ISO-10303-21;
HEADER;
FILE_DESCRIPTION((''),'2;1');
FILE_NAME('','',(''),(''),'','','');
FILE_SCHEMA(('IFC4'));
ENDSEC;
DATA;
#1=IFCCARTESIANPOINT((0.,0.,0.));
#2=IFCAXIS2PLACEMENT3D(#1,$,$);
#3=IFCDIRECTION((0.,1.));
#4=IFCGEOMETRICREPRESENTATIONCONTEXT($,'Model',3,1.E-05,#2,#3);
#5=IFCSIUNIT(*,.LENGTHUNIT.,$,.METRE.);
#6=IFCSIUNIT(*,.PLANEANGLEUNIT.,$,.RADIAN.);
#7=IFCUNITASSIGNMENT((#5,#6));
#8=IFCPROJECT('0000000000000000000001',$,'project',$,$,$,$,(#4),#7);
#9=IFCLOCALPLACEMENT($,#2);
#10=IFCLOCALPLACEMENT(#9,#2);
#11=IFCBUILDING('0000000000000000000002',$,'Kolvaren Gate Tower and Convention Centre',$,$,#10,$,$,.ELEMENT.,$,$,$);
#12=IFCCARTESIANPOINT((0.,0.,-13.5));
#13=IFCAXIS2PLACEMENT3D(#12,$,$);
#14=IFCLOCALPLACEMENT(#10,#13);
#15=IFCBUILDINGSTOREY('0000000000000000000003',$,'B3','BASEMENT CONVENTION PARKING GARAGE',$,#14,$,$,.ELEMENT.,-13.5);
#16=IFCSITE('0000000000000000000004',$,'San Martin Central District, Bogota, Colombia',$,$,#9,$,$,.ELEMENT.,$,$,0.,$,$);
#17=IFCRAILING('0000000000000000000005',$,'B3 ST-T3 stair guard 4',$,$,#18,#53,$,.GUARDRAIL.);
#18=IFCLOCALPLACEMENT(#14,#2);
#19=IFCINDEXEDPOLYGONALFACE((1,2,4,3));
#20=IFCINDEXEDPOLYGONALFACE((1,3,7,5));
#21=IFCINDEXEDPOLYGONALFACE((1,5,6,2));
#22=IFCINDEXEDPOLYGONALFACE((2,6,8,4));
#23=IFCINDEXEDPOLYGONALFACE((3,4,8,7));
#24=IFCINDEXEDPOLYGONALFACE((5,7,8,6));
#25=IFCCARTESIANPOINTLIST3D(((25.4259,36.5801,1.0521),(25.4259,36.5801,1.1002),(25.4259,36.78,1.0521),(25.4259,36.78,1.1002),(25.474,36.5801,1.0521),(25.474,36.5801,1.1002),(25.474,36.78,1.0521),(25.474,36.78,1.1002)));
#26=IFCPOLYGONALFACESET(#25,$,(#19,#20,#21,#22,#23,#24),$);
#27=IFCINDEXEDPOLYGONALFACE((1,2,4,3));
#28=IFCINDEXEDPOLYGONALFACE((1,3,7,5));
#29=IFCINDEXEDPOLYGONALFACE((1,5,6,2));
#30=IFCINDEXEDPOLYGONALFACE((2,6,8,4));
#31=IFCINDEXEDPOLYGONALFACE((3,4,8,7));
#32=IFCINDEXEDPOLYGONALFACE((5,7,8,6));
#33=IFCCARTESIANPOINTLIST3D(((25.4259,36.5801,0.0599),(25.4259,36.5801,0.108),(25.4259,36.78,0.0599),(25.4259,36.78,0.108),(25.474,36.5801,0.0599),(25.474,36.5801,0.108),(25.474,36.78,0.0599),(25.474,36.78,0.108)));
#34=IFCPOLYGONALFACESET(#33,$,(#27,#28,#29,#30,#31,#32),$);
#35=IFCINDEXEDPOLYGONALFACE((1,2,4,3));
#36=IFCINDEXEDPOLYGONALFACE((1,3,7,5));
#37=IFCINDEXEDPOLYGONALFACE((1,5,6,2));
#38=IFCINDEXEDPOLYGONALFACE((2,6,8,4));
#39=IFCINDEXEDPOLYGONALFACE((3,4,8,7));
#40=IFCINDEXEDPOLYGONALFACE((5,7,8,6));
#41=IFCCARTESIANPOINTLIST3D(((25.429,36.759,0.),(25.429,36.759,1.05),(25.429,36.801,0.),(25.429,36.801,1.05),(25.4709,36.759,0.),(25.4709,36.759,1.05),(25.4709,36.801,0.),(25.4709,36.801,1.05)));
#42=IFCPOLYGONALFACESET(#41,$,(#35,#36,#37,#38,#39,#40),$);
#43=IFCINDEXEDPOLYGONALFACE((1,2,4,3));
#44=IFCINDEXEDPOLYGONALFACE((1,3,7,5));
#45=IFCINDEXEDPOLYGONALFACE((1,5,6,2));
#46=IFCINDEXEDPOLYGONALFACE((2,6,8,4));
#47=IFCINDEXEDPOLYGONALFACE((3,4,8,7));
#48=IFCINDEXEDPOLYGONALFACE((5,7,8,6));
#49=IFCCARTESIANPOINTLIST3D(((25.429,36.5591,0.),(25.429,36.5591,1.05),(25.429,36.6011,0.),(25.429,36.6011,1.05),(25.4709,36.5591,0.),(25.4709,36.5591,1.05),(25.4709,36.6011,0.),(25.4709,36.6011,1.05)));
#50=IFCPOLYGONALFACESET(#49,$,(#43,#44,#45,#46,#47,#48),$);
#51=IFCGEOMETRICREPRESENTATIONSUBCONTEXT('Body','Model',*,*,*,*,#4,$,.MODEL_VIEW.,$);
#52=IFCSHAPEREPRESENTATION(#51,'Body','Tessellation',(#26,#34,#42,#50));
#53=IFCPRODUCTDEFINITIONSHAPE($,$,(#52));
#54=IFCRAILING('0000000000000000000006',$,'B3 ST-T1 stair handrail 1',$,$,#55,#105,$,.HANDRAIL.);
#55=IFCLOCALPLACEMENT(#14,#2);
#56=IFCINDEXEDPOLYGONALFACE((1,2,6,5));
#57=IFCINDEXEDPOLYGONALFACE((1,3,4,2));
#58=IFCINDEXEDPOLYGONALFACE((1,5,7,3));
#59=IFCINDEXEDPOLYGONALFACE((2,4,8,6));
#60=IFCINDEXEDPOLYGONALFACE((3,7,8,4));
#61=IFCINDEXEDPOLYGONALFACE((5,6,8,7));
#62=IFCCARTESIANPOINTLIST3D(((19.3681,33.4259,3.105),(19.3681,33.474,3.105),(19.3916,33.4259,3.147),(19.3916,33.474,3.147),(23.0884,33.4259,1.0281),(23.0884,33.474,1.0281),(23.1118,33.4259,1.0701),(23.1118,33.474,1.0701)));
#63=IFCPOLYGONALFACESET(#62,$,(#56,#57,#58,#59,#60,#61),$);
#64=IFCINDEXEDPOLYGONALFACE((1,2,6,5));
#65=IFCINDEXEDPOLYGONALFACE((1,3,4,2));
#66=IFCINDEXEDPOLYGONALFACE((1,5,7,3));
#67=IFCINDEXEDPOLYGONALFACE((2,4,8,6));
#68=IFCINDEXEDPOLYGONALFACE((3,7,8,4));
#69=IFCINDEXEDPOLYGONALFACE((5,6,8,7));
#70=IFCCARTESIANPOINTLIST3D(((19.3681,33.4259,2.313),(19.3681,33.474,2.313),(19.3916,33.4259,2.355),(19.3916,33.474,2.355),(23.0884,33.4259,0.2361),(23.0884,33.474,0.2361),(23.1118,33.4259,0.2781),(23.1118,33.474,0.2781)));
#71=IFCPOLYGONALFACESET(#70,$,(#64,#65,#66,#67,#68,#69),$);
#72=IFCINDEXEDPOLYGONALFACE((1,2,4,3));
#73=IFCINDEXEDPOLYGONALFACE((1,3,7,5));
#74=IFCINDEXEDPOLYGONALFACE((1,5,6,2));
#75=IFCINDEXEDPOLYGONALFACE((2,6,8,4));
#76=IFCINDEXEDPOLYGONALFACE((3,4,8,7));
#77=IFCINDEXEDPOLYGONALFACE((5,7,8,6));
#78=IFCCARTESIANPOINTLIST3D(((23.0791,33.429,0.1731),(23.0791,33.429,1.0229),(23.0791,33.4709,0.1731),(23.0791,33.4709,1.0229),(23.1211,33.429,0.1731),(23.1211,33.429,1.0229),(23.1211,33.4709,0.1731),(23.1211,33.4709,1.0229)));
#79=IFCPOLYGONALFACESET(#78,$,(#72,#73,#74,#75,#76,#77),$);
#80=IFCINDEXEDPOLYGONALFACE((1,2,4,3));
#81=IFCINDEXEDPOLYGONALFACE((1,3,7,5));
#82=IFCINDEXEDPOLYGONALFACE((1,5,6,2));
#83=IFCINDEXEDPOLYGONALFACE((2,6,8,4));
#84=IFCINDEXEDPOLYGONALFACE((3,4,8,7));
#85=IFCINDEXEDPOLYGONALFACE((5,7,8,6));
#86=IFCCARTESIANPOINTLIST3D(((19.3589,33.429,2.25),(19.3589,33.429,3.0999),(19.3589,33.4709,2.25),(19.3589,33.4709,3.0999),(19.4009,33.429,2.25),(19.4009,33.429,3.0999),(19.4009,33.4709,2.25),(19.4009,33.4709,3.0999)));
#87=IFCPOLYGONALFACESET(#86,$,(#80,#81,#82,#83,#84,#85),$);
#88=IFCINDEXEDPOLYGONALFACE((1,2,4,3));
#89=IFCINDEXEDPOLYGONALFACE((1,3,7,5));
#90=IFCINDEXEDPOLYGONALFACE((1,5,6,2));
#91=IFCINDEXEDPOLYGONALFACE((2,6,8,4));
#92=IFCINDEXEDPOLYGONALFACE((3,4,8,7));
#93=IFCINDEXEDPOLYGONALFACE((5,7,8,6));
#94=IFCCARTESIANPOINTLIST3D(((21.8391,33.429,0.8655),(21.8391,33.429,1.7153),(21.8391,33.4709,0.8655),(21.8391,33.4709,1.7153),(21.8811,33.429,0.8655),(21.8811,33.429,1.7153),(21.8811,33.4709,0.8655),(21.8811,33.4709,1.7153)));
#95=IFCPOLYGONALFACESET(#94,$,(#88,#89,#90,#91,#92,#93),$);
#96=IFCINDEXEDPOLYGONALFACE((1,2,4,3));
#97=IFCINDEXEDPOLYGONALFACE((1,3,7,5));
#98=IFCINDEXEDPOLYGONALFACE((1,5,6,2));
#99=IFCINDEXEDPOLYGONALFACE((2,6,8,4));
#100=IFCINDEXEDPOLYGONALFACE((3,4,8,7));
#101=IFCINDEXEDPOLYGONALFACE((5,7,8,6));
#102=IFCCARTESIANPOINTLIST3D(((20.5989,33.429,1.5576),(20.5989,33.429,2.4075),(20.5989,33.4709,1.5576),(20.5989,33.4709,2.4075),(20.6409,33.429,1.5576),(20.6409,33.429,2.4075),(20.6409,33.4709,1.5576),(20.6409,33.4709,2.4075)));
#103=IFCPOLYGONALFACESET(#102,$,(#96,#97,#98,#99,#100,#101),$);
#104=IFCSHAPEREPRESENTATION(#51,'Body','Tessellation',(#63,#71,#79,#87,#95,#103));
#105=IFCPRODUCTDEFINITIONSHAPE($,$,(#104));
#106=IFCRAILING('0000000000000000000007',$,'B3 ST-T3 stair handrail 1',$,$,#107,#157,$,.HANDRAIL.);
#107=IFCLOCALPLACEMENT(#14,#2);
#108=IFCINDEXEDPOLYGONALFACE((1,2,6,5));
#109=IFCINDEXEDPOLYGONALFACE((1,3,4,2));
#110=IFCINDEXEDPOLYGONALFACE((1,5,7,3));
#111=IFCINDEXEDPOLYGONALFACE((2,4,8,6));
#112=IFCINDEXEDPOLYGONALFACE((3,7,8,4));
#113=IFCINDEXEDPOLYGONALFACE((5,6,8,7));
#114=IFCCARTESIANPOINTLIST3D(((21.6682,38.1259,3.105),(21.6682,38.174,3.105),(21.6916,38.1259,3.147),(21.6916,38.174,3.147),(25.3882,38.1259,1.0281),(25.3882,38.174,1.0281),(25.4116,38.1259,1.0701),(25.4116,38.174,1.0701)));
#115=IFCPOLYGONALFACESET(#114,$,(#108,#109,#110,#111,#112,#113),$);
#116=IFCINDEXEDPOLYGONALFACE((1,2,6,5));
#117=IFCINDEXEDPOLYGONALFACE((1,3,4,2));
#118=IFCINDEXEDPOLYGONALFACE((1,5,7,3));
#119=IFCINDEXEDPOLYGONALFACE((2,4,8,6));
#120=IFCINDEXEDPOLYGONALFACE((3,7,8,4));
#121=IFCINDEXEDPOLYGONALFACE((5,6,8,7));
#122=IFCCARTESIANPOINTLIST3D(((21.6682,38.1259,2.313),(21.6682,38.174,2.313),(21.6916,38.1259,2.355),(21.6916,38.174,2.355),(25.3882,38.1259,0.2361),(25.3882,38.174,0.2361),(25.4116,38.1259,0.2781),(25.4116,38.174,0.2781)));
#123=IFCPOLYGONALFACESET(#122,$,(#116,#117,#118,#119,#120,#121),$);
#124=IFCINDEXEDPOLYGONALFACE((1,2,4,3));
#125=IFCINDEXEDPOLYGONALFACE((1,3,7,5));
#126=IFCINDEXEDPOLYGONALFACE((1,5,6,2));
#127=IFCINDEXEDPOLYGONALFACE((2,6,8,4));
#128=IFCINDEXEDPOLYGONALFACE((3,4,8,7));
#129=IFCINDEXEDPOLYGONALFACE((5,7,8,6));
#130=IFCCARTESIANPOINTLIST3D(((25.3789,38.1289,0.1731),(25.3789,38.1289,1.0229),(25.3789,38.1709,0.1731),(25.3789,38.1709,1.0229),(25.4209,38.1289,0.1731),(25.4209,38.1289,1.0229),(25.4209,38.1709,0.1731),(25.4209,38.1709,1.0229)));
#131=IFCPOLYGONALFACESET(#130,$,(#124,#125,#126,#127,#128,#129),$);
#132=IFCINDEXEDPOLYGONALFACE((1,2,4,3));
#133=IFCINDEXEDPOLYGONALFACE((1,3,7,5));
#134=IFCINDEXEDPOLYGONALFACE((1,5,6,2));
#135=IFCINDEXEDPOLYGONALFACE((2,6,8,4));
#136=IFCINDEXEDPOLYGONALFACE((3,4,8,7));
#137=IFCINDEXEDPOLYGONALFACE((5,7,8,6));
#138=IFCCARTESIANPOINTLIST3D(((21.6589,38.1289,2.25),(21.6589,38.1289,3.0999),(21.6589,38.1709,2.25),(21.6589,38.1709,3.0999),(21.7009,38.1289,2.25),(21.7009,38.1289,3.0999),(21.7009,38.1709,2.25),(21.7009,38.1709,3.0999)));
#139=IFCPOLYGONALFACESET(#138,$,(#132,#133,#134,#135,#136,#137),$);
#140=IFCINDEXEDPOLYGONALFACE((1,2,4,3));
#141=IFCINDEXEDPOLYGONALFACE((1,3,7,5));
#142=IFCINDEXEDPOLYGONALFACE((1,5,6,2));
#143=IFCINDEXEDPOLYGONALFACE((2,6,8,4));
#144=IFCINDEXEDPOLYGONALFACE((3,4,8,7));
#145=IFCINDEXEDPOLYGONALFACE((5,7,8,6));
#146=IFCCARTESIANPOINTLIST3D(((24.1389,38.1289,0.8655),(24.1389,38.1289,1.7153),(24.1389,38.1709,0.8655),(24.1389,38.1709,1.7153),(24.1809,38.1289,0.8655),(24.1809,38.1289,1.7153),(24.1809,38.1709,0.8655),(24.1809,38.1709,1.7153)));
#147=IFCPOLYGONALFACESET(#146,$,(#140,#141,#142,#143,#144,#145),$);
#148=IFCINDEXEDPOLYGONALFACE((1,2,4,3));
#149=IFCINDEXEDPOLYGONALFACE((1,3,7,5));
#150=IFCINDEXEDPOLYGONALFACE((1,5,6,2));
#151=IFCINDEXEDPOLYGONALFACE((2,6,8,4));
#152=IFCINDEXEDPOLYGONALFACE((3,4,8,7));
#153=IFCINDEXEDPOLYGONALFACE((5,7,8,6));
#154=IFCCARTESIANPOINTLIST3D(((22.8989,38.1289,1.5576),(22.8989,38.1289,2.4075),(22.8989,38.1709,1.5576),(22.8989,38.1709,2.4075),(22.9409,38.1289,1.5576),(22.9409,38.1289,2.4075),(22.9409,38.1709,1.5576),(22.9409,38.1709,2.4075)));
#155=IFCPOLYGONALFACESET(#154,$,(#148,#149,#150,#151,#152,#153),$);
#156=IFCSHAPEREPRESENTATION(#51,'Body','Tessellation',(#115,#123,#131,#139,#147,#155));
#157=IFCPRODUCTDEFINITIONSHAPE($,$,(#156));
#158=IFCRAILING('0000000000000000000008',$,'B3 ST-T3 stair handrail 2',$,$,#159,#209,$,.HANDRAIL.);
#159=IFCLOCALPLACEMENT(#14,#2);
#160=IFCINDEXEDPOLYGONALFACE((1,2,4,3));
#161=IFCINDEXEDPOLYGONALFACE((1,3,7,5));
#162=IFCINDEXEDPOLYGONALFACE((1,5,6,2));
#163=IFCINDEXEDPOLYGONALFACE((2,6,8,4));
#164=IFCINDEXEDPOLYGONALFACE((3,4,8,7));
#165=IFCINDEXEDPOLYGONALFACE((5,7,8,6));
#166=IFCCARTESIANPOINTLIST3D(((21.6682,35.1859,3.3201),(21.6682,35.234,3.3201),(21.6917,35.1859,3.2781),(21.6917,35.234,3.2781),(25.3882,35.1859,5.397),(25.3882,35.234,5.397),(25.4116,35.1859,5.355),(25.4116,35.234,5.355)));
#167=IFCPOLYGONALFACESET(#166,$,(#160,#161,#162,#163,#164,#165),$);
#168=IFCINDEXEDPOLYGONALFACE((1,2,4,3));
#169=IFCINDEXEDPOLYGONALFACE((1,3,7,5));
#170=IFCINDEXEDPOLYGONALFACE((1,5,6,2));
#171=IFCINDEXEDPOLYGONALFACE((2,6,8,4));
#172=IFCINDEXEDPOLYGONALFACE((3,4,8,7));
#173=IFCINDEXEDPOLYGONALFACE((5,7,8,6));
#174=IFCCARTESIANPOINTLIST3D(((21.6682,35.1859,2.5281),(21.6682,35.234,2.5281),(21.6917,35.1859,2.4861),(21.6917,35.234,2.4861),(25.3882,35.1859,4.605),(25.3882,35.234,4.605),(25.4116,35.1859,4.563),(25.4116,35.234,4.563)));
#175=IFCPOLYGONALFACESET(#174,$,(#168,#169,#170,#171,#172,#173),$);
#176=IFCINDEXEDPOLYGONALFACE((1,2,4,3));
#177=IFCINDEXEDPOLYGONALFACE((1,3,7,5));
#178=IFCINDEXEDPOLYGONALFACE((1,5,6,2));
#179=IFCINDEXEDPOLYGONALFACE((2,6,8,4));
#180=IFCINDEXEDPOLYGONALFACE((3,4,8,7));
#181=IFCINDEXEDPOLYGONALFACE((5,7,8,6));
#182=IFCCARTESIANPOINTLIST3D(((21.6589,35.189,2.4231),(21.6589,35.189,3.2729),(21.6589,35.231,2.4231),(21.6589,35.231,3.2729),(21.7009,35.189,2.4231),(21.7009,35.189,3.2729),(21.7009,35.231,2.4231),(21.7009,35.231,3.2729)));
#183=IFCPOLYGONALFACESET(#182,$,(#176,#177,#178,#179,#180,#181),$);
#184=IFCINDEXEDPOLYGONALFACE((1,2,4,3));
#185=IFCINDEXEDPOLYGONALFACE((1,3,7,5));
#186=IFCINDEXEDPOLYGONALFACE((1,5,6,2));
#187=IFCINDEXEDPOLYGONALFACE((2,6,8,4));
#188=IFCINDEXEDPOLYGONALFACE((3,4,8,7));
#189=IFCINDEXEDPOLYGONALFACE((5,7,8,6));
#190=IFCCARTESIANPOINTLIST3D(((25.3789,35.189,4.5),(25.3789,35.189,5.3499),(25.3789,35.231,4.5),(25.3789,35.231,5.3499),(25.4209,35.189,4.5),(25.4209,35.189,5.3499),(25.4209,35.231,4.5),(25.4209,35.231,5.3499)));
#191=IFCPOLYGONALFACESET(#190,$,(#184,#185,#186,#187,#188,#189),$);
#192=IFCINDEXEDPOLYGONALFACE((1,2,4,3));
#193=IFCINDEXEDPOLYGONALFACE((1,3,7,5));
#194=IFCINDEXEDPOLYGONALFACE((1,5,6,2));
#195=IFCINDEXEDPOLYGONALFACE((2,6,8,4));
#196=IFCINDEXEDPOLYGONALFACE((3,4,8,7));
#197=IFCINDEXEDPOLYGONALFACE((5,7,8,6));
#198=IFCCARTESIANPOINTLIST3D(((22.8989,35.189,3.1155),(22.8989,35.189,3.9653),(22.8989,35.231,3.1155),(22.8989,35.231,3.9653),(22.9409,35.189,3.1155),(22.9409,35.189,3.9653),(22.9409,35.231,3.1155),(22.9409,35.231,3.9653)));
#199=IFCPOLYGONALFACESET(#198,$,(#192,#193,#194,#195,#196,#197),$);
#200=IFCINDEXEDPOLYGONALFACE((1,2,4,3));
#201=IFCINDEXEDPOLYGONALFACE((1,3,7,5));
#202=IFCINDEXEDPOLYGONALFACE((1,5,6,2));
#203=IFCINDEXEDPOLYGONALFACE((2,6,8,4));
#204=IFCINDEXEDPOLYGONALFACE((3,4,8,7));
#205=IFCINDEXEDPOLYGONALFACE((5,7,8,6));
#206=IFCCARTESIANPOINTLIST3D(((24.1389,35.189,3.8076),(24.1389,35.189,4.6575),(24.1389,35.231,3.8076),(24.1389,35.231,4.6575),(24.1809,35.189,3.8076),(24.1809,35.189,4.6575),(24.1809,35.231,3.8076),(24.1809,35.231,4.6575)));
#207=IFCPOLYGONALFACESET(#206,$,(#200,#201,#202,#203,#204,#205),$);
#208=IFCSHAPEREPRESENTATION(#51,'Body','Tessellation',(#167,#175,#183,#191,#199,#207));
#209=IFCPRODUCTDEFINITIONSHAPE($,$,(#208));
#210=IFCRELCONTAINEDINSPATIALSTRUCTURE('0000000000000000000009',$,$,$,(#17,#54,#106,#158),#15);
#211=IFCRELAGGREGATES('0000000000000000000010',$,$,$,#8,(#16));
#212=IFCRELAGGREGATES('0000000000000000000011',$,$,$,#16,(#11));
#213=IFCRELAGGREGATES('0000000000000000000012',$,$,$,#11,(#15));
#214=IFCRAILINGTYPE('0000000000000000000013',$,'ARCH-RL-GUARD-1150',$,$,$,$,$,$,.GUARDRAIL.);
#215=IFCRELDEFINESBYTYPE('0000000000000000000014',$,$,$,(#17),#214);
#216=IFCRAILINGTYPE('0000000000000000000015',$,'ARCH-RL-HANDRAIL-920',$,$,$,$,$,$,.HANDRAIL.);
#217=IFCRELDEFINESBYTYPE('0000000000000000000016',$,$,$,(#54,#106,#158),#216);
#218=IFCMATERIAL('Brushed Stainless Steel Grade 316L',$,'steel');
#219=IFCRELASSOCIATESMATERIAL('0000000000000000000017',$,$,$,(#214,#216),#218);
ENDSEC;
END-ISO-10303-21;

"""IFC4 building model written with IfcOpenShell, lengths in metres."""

from ifc_helpers import new_model, si_unit, direction, frame, origin, origin_2d, place, context, subcontext, project, spatial, rectangle, extrude, material, type_object, element, save


model = new_model("IFC4")

# Units and contexts
model_context = context("Model", 3, precision=1e-05, world=origin(), true_north=direction((0.0, 1.0)))
body_context = subcontext(model_context, "Body", "Model", "MODEL_VIEW")
ifc_project = project(units=[si_unit("LENGTHUNIT", "METRE"), si_unit("PLANEANGLEUNIT", "RADIAN")], contexts=[model_context])

# Site, building, storey
site_placement = place(None, origin())
site = spatial("IfcSite", under=ifc_project, at=site_placement, Name="San Martin Central District, Bogota, Colombia", CompositionType="ELEMENT", RefElevation=0.0)
building_placement = place(site_placement, origin())
building = spatial("IfcBuilding", under=site, at=building_placement, Name="Kolvaren Gate Tower and Convention Centre", CompositionType="ELEMENT")
storey_placement = place(building_placement, frame((0.0, 0.0, -13.5)))
storey = spatial("IfcBuildingStorey", under=building, at=storey_placement, Name="B3", Description="BASEMENT CONVENTION PARKING GARAGE", CompositionType="ELEMENT", Elevation=-13.5)

# Railings
ifc_material_1 = material(Name="Brushed Stainless Steel Grade 316L", Category="steel")
railing_type_1 = type_object("IfcRailingType", Name="ARCH-RL-GUARD-1150", PredefinedType="GUARDRAIL", material=ifc_material_1)
railing_1_placement = place(storey_placement, frame((25.45, 36.78, 0.0)))
element("IfcRailing", 1, at=railing_1_placement, inside=storey, type_object=railing_type_1, Name="B3 ST-T3 stair guard 4", PredefinedType="GUARDRAIL", context=body_context, shape_type="SweptSolid", body=[
    extrude(rectangle(XDim=0.0481, YDim=0.0481, at=origin_2d()), frame((0.0, 0.0, 1.0762), z_axis=(0.0, -1.0, 0.0), x_axis=(1.0, 0.0, 0.0)), (0.0, 0.0, 1.0), 0.2),
    extrude(rectangle(XDim=0.0481, YDim=0.0481, at=origin_2d()), frame((0.0, 0.0, 0.084), z_axis=(0.0, -1.0, 0.0), x_axis=(1.0, 0.0, 0.0)), (0.0, 0.0, 1.0), 0.2),
    extrude(rectangle(XDim=0.042, YDim=0.042, at=origin_2d()), origin(), (0.0, 0.0, 1.0), 1.05),
    extrude(rectangle(XDim=0.042, YDim=0.042, at=origin_2d()), frame((0.0, -0.2, 0.0)), (0.0, 0.0, 1.0), 1.05),
])
railing_type_2 = type_object("IfcRailingType", Name="ARCH-RL-HANDRAIL-920", PredefinedType="HANDRAIL", material=ifc_material_1)
railing_2_placement = place(storey_placement, frame((23.1001, 33.45, 0.1731)))
element("IfcRailing", 2, at=railing_2_placement, inside=storey, type_object=railing_type_2, Name="B3 ST-T1 stair handrail 1", PredefinedType="HANDRAIL", context=body_context, shape_type="SweptSolid", body=[
    extrude(rectangle(XDim=0.0481, YDim=0.0481, at=origin_2d()), frame((0.0, 0.0, 0.876), z_axis=(-0.873147, 0.0, 0.487457), x_axis=(0.0, -1.0, 0.0)), (0.0, 0.0, 1.0), 4.2607),
    extrude(rectangle(XDim=0.0481, YDim=0.0481, at=origin_2d()), frame((0.0, 0.0, 0.084), z_axis=(-0.873147, 0.0, 0.487457), x_axis=(0.0, -1.0, 0.0)), (0.0, 0.0, 1.0), 4.2607),
    extrude(rectangle(XDim=0.042, YDim=0.042, at=origin_2d()), origin(), (0.0, 0.0, 1.0), 0.8499),
    extrude(rectangle(XDim=0.042, YDim=0.042, at=origin_2d()), frame((-3.7202, 0.0, 2.0769)), (0.0, 0.0, 1.0), 0.8499),
    extrude(rectangle(XDim=0.042, YDim=0.042, at=origin_2d()), frame((-1.24, 0.0, 0.6924)), (0.0, 0.0, 1.0), 0.8499),
    extrude(rectangle(XDim=0.042, YDim=0.042, at=origin_2d()), frame((-2.4802, 0.0, 1.3845)), (0.0, 0.0, 1.0), 0.8499),
])
railing_3_placement = place(storey_placement, frame((25.3999, 38.1499, 0.1731)))
element("IfcRailing", 3, at=railing_3_placement, inside=storey, type_object=railing_type_2, Name="B3 ST-T3 stair handrail 1", PredefinedType="HANDRAIL", context=body_context, shape_type="SweptSolid", body=[
    extrude(rectangle(XDim=0.0481, YDim=0.0481, at=origin_2d()), frame((0.0, 0.0, 0.876), z_axis=(-0.873134, 0.0, 0.487481), x_axis=(0.0, -1.0, 0.0)), (0.0, 0.0, 1.0), 4.2605),
    extrude(rectangle(XDim=0.0481, YDim=0.0481, at=origin_2d()), frame((0.0, 0.0, 0.084), z_axis=(-0.873134, 0.0, 0.487481), x_axis=(0.0, -1.0, 0.0)), (0.0, 0.0, 1.0), 4.2605),
    extrude(rectangle(XDim=0.042, YDim=0.042, at=origin_2d()), origin(), (0.0, 0.0, 1.0), 0.8499),
    extrude(rectangle(XDim=0.042, YDim=0.042, at=origin_2d()), frame((-3.72, 0.0, 2.0769)), (0.0, 0.0, 1.0), 0.8499),
    extrude(rectangle(XDim=0.042, YDim=0.042, at=origin_2d()), frame((-1.24, 0.0, 0.6924)), (0.0, 0.0, 1.0), 0.8499),
    extrude(rectangle(XDim=0.042, YDim=0.042, at=origin_2d()), frame((-2.48, 0.0, 1.3845)), (0.0, 0.0, 1.0), 0.8499),
])
railing_4_placement = place(storey_placement, frame((21.6799, 35.21, 2.4231)))
element("IfcRailing", 4, at=railing_4_placement, inside=storey, type_object=railing_type_2, Name="B3 ST-T3 stair handrail 2", PredefinedType="HANDRAIL", context=body_context, shape_type="SweptSolid", body=[
    extrude(rectangle(XDim=0.0481, YDim=0.0481, at=origin_2d()), frame((0.0, 0.0, 0.876), z_axis=(0.873134, 0.0, 0.487481), x_axis=(0.0, 1.0, 0.0)), (0.0, 0.0, 1.0), 4.2605),
    extrude(rectangle(XDim=0.0481, YDim=0.0481, at=origin_2d()), frame((0.0, 0.0, 0.084), z_axis=(0.873134, 0.0, 0.487481), x_axis=(0.0, 1.0, 0.0)), (0.0, 0.0, 1.0), 4.2605),
    extrude(rectangle(XDim=0.042, YDim=0.042, at=origin_2d()), origin(), (0.0, 0.0, 1.0), 0.8499),
    extrude(rectangle(XDim=0.042, YDim=0.042, at=origin_2d()), frame((3.72, 0.0, 2.0769)), (0.0, 0.0, 1.0), 0.8499),
    extrude(rectangle(XDim=0.042, YDim=0.042, at=origin_2d()), frame((1.24, 0.0, 0.6924)), (0.0, 0.0, 1.0), 0.8499),
    extrude(rectangle(XDim=0.042, YDim=0.042, at=origin_2d()), frame((2.48, 0.0, 1.3845)), (0.0, 0.0, 1.0), 0.8499),
])

save(model, "model.ifc")
